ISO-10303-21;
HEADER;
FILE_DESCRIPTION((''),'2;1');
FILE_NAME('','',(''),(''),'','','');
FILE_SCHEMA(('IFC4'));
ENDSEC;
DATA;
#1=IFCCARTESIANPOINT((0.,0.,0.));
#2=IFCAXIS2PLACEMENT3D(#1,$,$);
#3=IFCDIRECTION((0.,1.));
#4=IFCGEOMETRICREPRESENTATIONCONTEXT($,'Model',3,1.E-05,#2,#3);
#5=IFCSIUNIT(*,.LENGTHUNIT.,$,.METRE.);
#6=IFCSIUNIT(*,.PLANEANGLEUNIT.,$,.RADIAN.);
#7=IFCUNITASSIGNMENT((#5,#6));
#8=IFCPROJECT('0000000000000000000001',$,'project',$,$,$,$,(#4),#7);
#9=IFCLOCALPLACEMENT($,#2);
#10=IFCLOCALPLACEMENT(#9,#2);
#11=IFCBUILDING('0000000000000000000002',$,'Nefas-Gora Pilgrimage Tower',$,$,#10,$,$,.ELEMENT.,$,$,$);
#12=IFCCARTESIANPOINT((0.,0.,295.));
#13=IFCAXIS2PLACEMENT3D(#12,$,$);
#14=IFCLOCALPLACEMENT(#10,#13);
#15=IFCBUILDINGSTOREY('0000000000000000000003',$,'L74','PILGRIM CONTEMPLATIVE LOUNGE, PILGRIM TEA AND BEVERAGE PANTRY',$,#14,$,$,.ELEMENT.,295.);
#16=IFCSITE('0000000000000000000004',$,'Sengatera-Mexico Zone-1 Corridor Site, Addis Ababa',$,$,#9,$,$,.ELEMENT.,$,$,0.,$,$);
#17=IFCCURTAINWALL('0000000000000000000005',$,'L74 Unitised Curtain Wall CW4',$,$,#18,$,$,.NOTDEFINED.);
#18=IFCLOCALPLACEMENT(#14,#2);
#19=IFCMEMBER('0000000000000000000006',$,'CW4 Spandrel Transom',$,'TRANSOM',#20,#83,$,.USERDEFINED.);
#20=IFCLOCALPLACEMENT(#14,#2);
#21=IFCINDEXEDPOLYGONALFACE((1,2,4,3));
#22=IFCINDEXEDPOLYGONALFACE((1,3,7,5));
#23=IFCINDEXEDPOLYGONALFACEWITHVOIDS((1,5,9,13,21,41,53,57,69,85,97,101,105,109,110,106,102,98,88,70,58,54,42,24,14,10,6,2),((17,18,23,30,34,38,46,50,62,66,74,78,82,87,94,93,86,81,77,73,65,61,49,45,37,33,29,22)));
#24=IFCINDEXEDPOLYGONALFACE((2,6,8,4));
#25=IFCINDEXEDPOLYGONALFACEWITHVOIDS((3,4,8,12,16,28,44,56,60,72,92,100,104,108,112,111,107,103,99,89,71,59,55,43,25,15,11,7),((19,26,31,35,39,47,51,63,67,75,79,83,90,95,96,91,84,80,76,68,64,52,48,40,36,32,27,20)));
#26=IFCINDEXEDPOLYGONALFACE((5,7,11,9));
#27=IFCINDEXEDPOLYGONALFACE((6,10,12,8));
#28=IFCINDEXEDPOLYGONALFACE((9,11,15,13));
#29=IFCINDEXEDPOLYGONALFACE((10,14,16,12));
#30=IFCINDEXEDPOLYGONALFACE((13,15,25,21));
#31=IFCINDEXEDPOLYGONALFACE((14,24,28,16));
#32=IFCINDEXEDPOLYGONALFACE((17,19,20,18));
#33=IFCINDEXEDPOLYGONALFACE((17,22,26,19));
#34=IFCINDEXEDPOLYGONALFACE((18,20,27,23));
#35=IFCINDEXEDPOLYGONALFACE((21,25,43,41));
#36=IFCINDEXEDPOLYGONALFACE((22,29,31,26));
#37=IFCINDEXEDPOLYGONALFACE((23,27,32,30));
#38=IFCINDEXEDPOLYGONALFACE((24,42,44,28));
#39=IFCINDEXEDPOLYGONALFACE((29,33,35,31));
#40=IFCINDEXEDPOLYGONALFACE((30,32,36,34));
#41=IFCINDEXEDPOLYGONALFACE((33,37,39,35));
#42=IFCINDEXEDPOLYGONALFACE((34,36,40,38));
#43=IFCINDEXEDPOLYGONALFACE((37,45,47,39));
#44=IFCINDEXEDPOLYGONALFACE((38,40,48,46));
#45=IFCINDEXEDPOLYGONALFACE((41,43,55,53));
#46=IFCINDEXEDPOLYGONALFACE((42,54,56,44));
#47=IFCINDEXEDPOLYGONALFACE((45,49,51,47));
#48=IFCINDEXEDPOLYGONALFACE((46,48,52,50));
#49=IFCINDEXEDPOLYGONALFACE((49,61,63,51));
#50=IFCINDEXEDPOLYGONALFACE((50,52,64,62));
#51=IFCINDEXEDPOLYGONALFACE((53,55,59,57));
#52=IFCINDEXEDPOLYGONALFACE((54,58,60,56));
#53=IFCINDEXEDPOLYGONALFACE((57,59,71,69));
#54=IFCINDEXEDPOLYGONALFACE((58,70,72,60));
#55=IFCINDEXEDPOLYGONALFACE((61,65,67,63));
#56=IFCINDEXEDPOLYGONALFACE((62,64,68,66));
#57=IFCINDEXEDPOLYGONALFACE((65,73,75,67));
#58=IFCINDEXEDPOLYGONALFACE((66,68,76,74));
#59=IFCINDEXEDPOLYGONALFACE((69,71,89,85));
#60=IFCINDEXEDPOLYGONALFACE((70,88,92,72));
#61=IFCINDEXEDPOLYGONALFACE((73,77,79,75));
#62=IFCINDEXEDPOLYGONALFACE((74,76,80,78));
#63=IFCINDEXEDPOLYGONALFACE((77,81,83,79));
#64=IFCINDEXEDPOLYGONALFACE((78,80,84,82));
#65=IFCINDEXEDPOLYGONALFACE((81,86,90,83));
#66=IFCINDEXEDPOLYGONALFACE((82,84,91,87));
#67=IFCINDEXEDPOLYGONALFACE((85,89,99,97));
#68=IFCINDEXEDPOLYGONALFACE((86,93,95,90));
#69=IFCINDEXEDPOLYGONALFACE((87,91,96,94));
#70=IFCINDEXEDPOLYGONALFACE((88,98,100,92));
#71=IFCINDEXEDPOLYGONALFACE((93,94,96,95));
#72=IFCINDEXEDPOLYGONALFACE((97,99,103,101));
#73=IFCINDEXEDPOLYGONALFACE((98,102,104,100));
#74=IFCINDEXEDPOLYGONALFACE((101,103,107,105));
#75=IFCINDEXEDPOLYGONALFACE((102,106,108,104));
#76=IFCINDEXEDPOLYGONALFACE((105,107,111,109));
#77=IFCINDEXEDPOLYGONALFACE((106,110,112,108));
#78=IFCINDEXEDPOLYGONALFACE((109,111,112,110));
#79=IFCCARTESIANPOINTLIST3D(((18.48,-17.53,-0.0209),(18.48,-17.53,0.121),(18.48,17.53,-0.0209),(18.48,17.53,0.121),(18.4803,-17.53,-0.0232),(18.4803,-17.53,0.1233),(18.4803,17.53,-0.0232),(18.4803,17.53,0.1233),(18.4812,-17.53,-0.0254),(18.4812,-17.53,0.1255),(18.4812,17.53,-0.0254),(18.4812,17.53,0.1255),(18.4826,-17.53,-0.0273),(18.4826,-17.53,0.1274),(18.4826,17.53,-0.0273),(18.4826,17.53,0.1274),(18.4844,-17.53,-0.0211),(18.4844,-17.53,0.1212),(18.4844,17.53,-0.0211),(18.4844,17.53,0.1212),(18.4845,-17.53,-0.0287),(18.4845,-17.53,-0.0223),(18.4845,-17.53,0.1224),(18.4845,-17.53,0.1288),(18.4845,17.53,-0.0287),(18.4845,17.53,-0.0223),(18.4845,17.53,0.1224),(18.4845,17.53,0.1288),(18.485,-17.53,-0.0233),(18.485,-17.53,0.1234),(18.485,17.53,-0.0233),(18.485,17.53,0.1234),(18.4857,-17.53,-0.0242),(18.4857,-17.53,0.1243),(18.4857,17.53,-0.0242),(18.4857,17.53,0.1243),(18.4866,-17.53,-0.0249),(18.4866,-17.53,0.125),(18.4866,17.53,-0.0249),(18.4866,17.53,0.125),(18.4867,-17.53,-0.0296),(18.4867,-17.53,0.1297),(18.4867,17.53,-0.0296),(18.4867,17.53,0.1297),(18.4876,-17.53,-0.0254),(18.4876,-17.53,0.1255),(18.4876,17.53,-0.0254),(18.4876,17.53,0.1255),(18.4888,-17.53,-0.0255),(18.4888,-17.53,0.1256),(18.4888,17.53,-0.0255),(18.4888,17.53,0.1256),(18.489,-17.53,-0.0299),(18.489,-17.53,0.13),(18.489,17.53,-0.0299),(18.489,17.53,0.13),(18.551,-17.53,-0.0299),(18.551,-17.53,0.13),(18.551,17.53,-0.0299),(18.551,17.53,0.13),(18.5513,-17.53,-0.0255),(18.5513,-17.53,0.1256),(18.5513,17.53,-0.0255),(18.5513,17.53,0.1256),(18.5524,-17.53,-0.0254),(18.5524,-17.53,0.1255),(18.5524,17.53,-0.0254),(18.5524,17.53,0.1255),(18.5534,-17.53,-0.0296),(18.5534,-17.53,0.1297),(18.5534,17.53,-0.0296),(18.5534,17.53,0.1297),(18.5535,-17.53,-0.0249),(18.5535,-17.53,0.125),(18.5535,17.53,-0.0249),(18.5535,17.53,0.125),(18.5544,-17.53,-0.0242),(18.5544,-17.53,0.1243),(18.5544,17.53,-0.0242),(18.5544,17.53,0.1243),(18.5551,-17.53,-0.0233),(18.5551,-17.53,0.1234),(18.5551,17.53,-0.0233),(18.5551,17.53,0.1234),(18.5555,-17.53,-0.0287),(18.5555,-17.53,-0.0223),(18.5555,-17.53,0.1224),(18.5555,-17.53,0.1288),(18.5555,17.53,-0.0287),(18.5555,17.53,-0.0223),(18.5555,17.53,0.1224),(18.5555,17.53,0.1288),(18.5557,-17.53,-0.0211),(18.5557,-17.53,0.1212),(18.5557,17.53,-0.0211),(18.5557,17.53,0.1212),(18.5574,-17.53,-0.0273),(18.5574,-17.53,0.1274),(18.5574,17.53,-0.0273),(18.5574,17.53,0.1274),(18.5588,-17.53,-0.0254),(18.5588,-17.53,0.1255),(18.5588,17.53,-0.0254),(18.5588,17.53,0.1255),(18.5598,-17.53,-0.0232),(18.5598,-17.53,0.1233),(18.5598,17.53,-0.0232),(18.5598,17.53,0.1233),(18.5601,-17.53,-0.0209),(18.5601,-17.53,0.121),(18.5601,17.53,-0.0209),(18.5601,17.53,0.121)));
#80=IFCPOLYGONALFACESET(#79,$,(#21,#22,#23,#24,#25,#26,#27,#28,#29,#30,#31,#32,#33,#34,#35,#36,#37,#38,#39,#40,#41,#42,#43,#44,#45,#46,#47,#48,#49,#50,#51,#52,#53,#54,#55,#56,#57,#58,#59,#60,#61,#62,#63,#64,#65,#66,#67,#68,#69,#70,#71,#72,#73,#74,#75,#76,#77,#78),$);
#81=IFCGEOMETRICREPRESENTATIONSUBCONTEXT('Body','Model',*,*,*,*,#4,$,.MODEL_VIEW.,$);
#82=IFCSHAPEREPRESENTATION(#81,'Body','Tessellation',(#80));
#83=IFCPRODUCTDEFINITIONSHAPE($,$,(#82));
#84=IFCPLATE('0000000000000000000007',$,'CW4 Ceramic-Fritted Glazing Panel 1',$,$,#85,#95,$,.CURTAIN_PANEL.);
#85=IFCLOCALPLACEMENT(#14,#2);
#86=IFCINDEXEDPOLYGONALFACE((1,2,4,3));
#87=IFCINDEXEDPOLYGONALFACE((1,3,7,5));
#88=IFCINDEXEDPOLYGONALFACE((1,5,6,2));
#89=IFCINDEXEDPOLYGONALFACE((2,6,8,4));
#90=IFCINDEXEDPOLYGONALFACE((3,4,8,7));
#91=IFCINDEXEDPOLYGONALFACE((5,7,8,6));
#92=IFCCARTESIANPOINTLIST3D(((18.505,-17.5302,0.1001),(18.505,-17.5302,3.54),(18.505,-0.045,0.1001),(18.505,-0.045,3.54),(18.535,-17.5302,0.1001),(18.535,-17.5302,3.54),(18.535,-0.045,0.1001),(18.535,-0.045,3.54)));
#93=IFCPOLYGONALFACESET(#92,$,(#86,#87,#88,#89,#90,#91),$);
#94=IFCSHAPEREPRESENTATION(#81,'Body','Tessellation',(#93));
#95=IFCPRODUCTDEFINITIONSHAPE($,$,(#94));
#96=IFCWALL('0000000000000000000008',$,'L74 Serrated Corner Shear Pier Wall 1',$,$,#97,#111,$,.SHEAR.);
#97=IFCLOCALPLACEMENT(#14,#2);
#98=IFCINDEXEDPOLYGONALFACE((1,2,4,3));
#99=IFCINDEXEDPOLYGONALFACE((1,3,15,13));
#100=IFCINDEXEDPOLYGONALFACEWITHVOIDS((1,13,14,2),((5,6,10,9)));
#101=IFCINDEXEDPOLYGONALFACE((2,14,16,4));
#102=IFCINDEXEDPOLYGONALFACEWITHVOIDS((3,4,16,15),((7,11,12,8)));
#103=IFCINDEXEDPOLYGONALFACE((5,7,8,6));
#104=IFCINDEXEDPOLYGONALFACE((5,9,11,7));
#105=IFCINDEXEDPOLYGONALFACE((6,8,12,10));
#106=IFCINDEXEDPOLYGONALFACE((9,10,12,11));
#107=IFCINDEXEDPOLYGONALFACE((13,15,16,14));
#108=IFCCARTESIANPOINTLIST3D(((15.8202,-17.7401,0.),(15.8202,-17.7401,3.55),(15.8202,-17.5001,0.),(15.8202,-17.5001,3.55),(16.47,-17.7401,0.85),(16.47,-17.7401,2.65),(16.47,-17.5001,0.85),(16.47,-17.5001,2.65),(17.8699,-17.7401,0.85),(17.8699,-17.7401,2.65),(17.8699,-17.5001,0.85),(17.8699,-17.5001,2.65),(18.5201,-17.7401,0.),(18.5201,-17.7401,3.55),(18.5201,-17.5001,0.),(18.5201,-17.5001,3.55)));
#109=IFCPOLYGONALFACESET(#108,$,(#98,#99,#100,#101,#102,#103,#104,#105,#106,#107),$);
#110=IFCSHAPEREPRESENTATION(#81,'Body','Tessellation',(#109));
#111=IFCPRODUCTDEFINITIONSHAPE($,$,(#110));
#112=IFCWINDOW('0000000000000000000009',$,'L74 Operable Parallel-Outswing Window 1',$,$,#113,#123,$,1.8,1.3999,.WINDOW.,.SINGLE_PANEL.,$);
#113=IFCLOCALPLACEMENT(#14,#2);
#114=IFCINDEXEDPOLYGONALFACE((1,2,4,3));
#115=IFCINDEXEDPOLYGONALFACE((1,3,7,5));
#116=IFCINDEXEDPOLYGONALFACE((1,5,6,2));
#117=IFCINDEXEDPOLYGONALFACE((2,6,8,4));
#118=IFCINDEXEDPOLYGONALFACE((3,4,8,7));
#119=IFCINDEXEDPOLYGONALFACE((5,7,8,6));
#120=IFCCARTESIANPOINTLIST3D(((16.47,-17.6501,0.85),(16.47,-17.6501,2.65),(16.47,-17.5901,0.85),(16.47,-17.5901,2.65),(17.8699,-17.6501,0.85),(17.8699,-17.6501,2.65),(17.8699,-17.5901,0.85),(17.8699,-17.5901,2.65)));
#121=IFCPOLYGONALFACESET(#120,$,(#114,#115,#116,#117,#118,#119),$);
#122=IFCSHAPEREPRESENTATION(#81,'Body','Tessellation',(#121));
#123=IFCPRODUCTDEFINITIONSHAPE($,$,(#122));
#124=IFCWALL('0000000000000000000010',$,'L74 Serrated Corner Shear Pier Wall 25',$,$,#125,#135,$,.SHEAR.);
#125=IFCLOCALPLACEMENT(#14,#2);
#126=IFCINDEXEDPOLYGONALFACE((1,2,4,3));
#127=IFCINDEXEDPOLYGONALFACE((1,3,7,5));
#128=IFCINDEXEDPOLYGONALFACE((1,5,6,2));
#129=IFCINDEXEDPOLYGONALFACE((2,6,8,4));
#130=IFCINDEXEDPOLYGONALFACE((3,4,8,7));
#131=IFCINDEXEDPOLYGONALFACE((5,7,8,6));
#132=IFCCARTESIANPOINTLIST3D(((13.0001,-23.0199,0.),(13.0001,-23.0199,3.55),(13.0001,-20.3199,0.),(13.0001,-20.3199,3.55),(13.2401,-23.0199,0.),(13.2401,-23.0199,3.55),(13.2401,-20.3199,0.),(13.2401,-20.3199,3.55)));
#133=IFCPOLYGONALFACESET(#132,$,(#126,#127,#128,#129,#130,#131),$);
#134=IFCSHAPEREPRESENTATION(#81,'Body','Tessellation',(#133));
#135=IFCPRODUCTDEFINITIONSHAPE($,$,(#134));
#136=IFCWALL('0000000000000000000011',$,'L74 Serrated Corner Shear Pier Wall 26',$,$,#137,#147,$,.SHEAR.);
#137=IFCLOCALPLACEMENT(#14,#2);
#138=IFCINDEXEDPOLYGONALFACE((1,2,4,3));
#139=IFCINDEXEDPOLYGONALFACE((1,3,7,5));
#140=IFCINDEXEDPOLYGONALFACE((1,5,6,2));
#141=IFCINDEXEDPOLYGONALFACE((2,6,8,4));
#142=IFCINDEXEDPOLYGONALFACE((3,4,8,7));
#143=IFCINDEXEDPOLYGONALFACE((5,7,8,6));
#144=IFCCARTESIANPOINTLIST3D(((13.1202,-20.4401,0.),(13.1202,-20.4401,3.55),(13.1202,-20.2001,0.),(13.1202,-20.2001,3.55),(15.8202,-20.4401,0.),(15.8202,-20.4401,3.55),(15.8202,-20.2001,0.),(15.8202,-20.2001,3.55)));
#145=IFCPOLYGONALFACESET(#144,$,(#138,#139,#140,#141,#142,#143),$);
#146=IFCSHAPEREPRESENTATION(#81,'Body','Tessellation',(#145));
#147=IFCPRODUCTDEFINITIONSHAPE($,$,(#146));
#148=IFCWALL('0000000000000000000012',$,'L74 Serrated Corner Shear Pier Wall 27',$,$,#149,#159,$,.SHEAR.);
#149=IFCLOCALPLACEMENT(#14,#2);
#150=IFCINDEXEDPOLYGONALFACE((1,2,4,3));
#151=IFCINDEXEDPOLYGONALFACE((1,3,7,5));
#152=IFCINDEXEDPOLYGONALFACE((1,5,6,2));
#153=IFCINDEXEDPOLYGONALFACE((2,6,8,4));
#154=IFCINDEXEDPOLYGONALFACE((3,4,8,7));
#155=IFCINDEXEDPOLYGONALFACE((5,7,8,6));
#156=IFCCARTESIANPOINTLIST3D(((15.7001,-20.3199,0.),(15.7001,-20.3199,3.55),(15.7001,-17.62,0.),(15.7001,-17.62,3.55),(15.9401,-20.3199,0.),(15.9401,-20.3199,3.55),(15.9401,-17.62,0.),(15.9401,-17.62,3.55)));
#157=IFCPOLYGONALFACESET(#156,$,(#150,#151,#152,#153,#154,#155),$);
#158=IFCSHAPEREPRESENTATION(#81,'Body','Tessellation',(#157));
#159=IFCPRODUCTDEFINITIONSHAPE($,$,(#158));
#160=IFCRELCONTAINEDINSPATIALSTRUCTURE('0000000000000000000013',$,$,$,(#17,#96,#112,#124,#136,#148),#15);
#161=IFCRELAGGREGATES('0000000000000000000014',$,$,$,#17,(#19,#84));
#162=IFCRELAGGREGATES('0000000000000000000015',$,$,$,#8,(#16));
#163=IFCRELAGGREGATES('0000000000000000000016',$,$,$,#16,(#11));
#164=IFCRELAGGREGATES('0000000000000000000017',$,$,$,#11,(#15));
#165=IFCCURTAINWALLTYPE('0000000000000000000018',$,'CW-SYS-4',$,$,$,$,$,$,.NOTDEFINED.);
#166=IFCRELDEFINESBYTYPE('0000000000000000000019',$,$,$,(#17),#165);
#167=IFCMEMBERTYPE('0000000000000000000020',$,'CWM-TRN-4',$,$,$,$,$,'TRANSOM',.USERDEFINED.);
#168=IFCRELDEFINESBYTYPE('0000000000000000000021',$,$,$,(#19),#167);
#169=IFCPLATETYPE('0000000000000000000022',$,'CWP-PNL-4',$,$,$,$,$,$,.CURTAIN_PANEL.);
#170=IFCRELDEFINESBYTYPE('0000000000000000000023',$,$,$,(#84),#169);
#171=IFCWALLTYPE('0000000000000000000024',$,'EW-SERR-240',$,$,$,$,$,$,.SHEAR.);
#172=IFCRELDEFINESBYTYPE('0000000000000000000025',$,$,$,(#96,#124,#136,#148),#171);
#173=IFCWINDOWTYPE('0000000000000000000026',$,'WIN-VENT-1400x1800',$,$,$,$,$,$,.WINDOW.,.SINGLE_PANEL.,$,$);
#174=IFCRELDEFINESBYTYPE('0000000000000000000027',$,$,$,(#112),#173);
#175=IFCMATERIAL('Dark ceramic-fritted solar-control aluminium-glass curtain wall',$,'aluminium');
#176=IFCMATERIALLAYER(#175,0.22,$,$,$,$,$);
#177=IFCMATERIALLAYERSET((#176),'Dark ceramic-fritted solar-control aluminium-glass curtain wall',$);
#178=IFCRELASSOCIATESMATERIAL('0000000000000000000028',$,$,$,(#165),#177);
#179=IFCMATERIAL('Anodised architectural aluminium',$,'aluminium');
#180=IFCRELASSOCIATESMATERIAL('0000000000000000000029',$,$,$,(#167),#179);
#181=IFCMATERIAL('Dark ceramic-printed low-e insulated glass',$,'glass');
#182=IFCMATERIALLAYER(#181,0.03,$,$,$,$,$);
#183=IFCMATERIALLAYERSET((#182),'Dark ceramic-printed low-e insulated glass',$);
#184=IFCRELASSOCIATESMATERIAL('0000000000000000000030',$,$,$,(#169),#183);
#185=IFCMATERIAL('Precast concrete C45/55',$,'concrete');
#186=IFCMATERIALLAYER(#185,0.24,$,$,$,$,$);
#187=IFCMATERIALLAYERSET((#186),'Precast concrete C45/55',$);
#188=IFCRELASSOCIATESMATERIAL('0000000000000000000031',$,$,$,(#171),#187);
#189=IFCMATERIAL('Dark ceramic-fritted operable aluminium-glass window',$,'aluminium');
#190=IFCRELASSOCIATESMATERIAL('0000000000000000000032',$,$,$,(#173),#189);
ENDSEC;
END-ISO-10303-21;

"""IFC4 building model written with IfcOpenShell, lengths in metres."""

from ifc_helpers import new_model, si_unit, direction, frame, frame_2d, origin, origin_2d, place, context, subcontext, project, spatial, rectangle, hollow_rectangle, extrude, source, transform, mapped, material, layer, layer_set, material_profile, profile_set, type_object, element, fill, aggregate, save


model = new_model("IFC4")

# Units and contexts
model_context = context("Model", 3, precision=1e-05, world=origin(), true_north=direction((0.0, 1.0)))
body_context = subcontext(model_context, "Body", "Model", "MODEL_VIEW")
ifc_project = project(units=[si_unit("LENGTHUNIT", "METRE"), si_unit("PLANEANGLEUNIT", "RADIAN")], contexts=[model_context])

# Site, building, storey
site_placement = place(None, origin())
site = spatial("IfcSite", under=ifc_project, at=site_placement, Name="Sengatera-Mexico Zone-1 Corridor Site, Addis Ababa", CompositionType="ELEMENT", RefElevation=0.0)
building_placement = place(site_placement, origin())
building = spatial("IfcBuilding", under=site, at=building_placement, Name="Nefas-Gora Pilgrimage Tower", CompositionType="ELEMENT")
storey_placement = place(building_placement, frame((0.0, 0.0, 295.0)))
storey = spatial("IfcBuildingStorey", under=building, at=storey_placement, Name="L74", Description="PILGRIM CONTEMPLATIVE LOUNGE, PILGRIM TEA AND BEVERAGE PANTRY", CompositionType="ELEMENT", Elevation=295.0)

# Curtain wall
ifc_material_1 = material(Name="Dark ceramic-fritted solar-control aluminium-glass curtain wall", Category="aluminium")
ifc_layer_1 = layer(ifc_material_1, 0.22)
ifc_layer_set_1 = layer_set([ifc_layer_1], Name="Dark ceramic-fritted solar-control aluminium-glass curtain wall")
curtain_wall_type = type_object("IfcCurtainWallType", Name="CW-SYS-4", PredefinedType="NOTDEFINED", material=ifc_layer_set_1)
curtain_wall_1_placement = place(storey_placement, origin())
curtain_wall_1 = element("IfcCurtainWall", 1, at=curtain_wall_1_placement, inside=storey, type_object=curtain_wall_type, Name="L74 Unitised Curtain Wall CW4", PredefinedType="NOTDEFINED")
ifc_material_2 = material(Name="Anodised architectural aluminium", Category="aluminium")

# Member
ifc_material_profile_1 = material_profile(ifc_material_2, hollow_rectangle(XDim=0.0801, YDim=0.1599, WallThickness=0.0044, InnerFilletRadius=0.0044, OuterFilletRadius=0.009, at=origin_2d()), Name="ALU TRANSOM 80x160")
ifc_profile_set_1 = profile_set([ifc_material_profile_1], Name="Anodised architectural aluminium")
member_type_1 = type_object("IfcMemberType", Name="CWM-TRN-4", ElementType="TRANSOM", PredefinedType="USERDEFINED", material=ifc_profile_set_1)
shared_shape_1 = source(origin(), body_context, "Body", "SweptSolid", [
    extrude(hollow_rectangle(XDim=0.0801, YDim=0.1599, WallThickness=0.0044, InnerFilletRadius=0.0044, OuterFilletRadius=0.009, at=origin_2d()), origin(), (0.0, 0.0, 1.0), 35.0601),
])
member_1_placement = place(storey_placement, frame((18.52, -17.53, 0.05), z_axis=(0.0, 1.0, 0.0), x_axis=(-1.0, 0.0, 0.0)))
member_1 = element("IfcMember", 2, at=member_1_placement, type_object=member_type_1, Name="CW4 Spandrel Transom", ObjectType="TRANSOM", PredefinedType="USERDEFINED", context=body_context, shape_type="MappedRepresentation", body=[
    mapped(shared_shape_1, transform((0.0, 0.0, 0.0), x_axis=(1.0, 0.0, 0.0), y_axis=(0.0, 1.0, 0.0), z_axis=(0.0, 0.0, 1.0), scale=1.0)),
])

# Plate
ifc_material_3 = material(Name="Dark ceramic-printed low-e insulated glass", Category="glass")
ifc_layer_2 = layer(ifc_material_3, 0.03)
ifc_layer_set_2 = layer_set([ifc_layer_2], Name="Dark ceramic-printed low-e insulated glass")
plate_type = type_object("IfcPlateType", Name="CWP-PNL-4", PredefinedType="CURTAIN_PANEL", material=ifc_layer_set_2)
shared_shape_2 = source(origin(), body_context, "Body", "SweptSolid", [
    extrude(rectangle(XDim=17.4851, YDim=0.03, at=origin_2d()), origin(), (0.0, 0.0, 1.0), 3.4399),
])
plate_placement = place(storey_placement, frame((18.52, -8.7876, 0.1001), z_axis=(0.0, 0.0, 1.0), x_axis=(0.0, 1.0, 0.0)))
plate = element("IfcPlate", 3, at=plate_placement, type_object=plate_type, Name="CW4 Ceramic-Fritted Glazing Panel 1", PredefinedType="CURTAIN_PANEL", context=body_context, shape_type="MappedRepresentation", body=[
    mapped(shared_shape_2, transform((0.0, 0.0, 0.0), x_axis=(1.0, 0.0, 0.0), y_axis=(0.0, 1.0, 0.0), z_axis=(0.0, 0.0, 1.0), scale=1.0)),
])
aggregate(curtain_wall_1, [member_1, plate])

# Wall, opening, window
ifc_material_4 = material(Name="Precast concrete C45/55", Category="concrete")
ifc_layer_3 = layer(ifc_material_4, 0.24)
ifc_layer_set_3 = layer_set([ifc_layer_3], Name="Precast concrete C45/55")
wall_type_1 = type_object("IfcWallType", Name="EW-SERR-240", PredefinedType="SHEAR", material=ifc_layer_set_3)
shared_shape_3 = source(origin(), body_context, "Body", "SweptSolid", [
    extrude(rectangle(XDim=2.7, YDim=0.24, at=frame_2d((1.3501, 0.0))), origin(), (0.0, 0.0, 1.0), 3.55),
])
wall_1_placement = place(storey_placement, frame((15.8201, -17.6201, 0.0), z_axis=(0.0, 0.0, 1.0), x_axis=(1.0, 0.0, 0.0)))
wall_1 = element("IfcWall", 4, at=wall_1_placement, inside=storey, type_object=wall_type_1, Name="L74 Serrated Corner Shear Pier Wall 1", PredefinedType="SHEAR", context=body_context, shape_type="MappedRepresentation", body=[
    mapped(shared_shape_3, transform((0.0, 0.0, 0.0), x_axis=(1.0, 0.0, 0.0), y_axis=(0.0, 1.0, 0.0), z_axis=(0.0, 0.0, 1.0), scale=1.0)),
])
opening_1_placement = place(wall_1_placement, frame((0.6499, 0.0, 0.8501)))
opening_1 = element("IfcOpeningElement", 5, at=opening_1_placement, cuts=wall_1, PredefinedType="OPENING", context=body_context, shape_type="SweptSolid", body=[
    extrude(rectangle(XDim=1.3999, YDim=1.8, at=frame_2d((0.7, 0.8999))), frame((0.0, 0.1299, 0.0), z_axis=(0.0, -1.0, 0.0), x_axis=(1.0, 0.0, 0.0)), (0.0, 0.0, 1.0), 0.26),
])
ifc_material_5 = material(Name="Dark ceramic-fritted operable aluminium-glass window", Category="aluminium")
window_type = type_object("IfcWindowType", Name="WIN-VENT-1400x1800", PartitioningType="SINGLE_PANEL", PredefinedType="WINDOW", material=ifc_material_5)
shared_shape_4 = source(origin(), body_context, "Body", "SweptSolid", [
    extrude(rectangle(XDim=1.3999, YDim=1.8, at=frame_2d((0.7, 0.8999))), frame((0.0, 0.03, 0.0), z_axis=(0.0, -1.0, 0.0), x_axis=(1.0, 0.0, 0.0)), (0.0, 0.0, 1.0), 0.0601),
])
window_placement = place(opening_1_placement, origin())
window = element("IfcWindow", 6, at=window_placement, inside=storey, type_object=window_type, Name="L74 Operable Parallel-Outswing Window 1", OverallHeight=1.8, OverallWidth=1.3999, PartitioningType="SINGLE_PANEL", PredefinedType="WINDOW", context=body_context, shape_type="MappedRepresentation", body=[
    mapped(shared_shape_4, transform((0.0, 0.0, 0.0), x_axis=(1.0, 0.0, 0.0), y_axis=(0.0, 1.0, 0.0), z_axis=(0.0, 0.0, 1.0), scale=1.0)),
])
fill(opening_1, window)

# Walls
for number, where, z_axis, x_axis, name in (
    (7, (13.1201, -23.02, 0.0), (0.0, 0.0, 1.0), (0.0, 1.0, 0.0), "L74 Serrated Corner Shear Pier Wall 25"),
    (8, (13.1201, -20.3201, 0.0), (0.0, 0.0, 1.0), (1.0, 0.0, 0.0), "L74 Serrated Corner Shear Pier Wall 26"),
    (9, (15.8201, -20.3201, 0.0), (0.0, 0.0, 1.0), (0.0, 1.0, 0.0), "L74 Serrated Corner Shear Pier Wall 27"),
):
    element("IfcWall", number, at=place(storey_placement, frame(where, z_axis=z_axis, x_axis=x_axis)), inside=storey, type_object=wall_type_1, Name=name, PredefinedType="SHEAR", context=body_context, shape_type="MappedRepresentation", body=[
        mapped(shared_shape_3, transform((0.0, 0.0, 0.0), x_axis=(1.0, 0.0, 0.0), y_axis=(0.0, 1.0, 0.0), z_axis=(0.0, 0.0, 1.0), scale=1.0)),
    ])

save(model, "model.ifc")
